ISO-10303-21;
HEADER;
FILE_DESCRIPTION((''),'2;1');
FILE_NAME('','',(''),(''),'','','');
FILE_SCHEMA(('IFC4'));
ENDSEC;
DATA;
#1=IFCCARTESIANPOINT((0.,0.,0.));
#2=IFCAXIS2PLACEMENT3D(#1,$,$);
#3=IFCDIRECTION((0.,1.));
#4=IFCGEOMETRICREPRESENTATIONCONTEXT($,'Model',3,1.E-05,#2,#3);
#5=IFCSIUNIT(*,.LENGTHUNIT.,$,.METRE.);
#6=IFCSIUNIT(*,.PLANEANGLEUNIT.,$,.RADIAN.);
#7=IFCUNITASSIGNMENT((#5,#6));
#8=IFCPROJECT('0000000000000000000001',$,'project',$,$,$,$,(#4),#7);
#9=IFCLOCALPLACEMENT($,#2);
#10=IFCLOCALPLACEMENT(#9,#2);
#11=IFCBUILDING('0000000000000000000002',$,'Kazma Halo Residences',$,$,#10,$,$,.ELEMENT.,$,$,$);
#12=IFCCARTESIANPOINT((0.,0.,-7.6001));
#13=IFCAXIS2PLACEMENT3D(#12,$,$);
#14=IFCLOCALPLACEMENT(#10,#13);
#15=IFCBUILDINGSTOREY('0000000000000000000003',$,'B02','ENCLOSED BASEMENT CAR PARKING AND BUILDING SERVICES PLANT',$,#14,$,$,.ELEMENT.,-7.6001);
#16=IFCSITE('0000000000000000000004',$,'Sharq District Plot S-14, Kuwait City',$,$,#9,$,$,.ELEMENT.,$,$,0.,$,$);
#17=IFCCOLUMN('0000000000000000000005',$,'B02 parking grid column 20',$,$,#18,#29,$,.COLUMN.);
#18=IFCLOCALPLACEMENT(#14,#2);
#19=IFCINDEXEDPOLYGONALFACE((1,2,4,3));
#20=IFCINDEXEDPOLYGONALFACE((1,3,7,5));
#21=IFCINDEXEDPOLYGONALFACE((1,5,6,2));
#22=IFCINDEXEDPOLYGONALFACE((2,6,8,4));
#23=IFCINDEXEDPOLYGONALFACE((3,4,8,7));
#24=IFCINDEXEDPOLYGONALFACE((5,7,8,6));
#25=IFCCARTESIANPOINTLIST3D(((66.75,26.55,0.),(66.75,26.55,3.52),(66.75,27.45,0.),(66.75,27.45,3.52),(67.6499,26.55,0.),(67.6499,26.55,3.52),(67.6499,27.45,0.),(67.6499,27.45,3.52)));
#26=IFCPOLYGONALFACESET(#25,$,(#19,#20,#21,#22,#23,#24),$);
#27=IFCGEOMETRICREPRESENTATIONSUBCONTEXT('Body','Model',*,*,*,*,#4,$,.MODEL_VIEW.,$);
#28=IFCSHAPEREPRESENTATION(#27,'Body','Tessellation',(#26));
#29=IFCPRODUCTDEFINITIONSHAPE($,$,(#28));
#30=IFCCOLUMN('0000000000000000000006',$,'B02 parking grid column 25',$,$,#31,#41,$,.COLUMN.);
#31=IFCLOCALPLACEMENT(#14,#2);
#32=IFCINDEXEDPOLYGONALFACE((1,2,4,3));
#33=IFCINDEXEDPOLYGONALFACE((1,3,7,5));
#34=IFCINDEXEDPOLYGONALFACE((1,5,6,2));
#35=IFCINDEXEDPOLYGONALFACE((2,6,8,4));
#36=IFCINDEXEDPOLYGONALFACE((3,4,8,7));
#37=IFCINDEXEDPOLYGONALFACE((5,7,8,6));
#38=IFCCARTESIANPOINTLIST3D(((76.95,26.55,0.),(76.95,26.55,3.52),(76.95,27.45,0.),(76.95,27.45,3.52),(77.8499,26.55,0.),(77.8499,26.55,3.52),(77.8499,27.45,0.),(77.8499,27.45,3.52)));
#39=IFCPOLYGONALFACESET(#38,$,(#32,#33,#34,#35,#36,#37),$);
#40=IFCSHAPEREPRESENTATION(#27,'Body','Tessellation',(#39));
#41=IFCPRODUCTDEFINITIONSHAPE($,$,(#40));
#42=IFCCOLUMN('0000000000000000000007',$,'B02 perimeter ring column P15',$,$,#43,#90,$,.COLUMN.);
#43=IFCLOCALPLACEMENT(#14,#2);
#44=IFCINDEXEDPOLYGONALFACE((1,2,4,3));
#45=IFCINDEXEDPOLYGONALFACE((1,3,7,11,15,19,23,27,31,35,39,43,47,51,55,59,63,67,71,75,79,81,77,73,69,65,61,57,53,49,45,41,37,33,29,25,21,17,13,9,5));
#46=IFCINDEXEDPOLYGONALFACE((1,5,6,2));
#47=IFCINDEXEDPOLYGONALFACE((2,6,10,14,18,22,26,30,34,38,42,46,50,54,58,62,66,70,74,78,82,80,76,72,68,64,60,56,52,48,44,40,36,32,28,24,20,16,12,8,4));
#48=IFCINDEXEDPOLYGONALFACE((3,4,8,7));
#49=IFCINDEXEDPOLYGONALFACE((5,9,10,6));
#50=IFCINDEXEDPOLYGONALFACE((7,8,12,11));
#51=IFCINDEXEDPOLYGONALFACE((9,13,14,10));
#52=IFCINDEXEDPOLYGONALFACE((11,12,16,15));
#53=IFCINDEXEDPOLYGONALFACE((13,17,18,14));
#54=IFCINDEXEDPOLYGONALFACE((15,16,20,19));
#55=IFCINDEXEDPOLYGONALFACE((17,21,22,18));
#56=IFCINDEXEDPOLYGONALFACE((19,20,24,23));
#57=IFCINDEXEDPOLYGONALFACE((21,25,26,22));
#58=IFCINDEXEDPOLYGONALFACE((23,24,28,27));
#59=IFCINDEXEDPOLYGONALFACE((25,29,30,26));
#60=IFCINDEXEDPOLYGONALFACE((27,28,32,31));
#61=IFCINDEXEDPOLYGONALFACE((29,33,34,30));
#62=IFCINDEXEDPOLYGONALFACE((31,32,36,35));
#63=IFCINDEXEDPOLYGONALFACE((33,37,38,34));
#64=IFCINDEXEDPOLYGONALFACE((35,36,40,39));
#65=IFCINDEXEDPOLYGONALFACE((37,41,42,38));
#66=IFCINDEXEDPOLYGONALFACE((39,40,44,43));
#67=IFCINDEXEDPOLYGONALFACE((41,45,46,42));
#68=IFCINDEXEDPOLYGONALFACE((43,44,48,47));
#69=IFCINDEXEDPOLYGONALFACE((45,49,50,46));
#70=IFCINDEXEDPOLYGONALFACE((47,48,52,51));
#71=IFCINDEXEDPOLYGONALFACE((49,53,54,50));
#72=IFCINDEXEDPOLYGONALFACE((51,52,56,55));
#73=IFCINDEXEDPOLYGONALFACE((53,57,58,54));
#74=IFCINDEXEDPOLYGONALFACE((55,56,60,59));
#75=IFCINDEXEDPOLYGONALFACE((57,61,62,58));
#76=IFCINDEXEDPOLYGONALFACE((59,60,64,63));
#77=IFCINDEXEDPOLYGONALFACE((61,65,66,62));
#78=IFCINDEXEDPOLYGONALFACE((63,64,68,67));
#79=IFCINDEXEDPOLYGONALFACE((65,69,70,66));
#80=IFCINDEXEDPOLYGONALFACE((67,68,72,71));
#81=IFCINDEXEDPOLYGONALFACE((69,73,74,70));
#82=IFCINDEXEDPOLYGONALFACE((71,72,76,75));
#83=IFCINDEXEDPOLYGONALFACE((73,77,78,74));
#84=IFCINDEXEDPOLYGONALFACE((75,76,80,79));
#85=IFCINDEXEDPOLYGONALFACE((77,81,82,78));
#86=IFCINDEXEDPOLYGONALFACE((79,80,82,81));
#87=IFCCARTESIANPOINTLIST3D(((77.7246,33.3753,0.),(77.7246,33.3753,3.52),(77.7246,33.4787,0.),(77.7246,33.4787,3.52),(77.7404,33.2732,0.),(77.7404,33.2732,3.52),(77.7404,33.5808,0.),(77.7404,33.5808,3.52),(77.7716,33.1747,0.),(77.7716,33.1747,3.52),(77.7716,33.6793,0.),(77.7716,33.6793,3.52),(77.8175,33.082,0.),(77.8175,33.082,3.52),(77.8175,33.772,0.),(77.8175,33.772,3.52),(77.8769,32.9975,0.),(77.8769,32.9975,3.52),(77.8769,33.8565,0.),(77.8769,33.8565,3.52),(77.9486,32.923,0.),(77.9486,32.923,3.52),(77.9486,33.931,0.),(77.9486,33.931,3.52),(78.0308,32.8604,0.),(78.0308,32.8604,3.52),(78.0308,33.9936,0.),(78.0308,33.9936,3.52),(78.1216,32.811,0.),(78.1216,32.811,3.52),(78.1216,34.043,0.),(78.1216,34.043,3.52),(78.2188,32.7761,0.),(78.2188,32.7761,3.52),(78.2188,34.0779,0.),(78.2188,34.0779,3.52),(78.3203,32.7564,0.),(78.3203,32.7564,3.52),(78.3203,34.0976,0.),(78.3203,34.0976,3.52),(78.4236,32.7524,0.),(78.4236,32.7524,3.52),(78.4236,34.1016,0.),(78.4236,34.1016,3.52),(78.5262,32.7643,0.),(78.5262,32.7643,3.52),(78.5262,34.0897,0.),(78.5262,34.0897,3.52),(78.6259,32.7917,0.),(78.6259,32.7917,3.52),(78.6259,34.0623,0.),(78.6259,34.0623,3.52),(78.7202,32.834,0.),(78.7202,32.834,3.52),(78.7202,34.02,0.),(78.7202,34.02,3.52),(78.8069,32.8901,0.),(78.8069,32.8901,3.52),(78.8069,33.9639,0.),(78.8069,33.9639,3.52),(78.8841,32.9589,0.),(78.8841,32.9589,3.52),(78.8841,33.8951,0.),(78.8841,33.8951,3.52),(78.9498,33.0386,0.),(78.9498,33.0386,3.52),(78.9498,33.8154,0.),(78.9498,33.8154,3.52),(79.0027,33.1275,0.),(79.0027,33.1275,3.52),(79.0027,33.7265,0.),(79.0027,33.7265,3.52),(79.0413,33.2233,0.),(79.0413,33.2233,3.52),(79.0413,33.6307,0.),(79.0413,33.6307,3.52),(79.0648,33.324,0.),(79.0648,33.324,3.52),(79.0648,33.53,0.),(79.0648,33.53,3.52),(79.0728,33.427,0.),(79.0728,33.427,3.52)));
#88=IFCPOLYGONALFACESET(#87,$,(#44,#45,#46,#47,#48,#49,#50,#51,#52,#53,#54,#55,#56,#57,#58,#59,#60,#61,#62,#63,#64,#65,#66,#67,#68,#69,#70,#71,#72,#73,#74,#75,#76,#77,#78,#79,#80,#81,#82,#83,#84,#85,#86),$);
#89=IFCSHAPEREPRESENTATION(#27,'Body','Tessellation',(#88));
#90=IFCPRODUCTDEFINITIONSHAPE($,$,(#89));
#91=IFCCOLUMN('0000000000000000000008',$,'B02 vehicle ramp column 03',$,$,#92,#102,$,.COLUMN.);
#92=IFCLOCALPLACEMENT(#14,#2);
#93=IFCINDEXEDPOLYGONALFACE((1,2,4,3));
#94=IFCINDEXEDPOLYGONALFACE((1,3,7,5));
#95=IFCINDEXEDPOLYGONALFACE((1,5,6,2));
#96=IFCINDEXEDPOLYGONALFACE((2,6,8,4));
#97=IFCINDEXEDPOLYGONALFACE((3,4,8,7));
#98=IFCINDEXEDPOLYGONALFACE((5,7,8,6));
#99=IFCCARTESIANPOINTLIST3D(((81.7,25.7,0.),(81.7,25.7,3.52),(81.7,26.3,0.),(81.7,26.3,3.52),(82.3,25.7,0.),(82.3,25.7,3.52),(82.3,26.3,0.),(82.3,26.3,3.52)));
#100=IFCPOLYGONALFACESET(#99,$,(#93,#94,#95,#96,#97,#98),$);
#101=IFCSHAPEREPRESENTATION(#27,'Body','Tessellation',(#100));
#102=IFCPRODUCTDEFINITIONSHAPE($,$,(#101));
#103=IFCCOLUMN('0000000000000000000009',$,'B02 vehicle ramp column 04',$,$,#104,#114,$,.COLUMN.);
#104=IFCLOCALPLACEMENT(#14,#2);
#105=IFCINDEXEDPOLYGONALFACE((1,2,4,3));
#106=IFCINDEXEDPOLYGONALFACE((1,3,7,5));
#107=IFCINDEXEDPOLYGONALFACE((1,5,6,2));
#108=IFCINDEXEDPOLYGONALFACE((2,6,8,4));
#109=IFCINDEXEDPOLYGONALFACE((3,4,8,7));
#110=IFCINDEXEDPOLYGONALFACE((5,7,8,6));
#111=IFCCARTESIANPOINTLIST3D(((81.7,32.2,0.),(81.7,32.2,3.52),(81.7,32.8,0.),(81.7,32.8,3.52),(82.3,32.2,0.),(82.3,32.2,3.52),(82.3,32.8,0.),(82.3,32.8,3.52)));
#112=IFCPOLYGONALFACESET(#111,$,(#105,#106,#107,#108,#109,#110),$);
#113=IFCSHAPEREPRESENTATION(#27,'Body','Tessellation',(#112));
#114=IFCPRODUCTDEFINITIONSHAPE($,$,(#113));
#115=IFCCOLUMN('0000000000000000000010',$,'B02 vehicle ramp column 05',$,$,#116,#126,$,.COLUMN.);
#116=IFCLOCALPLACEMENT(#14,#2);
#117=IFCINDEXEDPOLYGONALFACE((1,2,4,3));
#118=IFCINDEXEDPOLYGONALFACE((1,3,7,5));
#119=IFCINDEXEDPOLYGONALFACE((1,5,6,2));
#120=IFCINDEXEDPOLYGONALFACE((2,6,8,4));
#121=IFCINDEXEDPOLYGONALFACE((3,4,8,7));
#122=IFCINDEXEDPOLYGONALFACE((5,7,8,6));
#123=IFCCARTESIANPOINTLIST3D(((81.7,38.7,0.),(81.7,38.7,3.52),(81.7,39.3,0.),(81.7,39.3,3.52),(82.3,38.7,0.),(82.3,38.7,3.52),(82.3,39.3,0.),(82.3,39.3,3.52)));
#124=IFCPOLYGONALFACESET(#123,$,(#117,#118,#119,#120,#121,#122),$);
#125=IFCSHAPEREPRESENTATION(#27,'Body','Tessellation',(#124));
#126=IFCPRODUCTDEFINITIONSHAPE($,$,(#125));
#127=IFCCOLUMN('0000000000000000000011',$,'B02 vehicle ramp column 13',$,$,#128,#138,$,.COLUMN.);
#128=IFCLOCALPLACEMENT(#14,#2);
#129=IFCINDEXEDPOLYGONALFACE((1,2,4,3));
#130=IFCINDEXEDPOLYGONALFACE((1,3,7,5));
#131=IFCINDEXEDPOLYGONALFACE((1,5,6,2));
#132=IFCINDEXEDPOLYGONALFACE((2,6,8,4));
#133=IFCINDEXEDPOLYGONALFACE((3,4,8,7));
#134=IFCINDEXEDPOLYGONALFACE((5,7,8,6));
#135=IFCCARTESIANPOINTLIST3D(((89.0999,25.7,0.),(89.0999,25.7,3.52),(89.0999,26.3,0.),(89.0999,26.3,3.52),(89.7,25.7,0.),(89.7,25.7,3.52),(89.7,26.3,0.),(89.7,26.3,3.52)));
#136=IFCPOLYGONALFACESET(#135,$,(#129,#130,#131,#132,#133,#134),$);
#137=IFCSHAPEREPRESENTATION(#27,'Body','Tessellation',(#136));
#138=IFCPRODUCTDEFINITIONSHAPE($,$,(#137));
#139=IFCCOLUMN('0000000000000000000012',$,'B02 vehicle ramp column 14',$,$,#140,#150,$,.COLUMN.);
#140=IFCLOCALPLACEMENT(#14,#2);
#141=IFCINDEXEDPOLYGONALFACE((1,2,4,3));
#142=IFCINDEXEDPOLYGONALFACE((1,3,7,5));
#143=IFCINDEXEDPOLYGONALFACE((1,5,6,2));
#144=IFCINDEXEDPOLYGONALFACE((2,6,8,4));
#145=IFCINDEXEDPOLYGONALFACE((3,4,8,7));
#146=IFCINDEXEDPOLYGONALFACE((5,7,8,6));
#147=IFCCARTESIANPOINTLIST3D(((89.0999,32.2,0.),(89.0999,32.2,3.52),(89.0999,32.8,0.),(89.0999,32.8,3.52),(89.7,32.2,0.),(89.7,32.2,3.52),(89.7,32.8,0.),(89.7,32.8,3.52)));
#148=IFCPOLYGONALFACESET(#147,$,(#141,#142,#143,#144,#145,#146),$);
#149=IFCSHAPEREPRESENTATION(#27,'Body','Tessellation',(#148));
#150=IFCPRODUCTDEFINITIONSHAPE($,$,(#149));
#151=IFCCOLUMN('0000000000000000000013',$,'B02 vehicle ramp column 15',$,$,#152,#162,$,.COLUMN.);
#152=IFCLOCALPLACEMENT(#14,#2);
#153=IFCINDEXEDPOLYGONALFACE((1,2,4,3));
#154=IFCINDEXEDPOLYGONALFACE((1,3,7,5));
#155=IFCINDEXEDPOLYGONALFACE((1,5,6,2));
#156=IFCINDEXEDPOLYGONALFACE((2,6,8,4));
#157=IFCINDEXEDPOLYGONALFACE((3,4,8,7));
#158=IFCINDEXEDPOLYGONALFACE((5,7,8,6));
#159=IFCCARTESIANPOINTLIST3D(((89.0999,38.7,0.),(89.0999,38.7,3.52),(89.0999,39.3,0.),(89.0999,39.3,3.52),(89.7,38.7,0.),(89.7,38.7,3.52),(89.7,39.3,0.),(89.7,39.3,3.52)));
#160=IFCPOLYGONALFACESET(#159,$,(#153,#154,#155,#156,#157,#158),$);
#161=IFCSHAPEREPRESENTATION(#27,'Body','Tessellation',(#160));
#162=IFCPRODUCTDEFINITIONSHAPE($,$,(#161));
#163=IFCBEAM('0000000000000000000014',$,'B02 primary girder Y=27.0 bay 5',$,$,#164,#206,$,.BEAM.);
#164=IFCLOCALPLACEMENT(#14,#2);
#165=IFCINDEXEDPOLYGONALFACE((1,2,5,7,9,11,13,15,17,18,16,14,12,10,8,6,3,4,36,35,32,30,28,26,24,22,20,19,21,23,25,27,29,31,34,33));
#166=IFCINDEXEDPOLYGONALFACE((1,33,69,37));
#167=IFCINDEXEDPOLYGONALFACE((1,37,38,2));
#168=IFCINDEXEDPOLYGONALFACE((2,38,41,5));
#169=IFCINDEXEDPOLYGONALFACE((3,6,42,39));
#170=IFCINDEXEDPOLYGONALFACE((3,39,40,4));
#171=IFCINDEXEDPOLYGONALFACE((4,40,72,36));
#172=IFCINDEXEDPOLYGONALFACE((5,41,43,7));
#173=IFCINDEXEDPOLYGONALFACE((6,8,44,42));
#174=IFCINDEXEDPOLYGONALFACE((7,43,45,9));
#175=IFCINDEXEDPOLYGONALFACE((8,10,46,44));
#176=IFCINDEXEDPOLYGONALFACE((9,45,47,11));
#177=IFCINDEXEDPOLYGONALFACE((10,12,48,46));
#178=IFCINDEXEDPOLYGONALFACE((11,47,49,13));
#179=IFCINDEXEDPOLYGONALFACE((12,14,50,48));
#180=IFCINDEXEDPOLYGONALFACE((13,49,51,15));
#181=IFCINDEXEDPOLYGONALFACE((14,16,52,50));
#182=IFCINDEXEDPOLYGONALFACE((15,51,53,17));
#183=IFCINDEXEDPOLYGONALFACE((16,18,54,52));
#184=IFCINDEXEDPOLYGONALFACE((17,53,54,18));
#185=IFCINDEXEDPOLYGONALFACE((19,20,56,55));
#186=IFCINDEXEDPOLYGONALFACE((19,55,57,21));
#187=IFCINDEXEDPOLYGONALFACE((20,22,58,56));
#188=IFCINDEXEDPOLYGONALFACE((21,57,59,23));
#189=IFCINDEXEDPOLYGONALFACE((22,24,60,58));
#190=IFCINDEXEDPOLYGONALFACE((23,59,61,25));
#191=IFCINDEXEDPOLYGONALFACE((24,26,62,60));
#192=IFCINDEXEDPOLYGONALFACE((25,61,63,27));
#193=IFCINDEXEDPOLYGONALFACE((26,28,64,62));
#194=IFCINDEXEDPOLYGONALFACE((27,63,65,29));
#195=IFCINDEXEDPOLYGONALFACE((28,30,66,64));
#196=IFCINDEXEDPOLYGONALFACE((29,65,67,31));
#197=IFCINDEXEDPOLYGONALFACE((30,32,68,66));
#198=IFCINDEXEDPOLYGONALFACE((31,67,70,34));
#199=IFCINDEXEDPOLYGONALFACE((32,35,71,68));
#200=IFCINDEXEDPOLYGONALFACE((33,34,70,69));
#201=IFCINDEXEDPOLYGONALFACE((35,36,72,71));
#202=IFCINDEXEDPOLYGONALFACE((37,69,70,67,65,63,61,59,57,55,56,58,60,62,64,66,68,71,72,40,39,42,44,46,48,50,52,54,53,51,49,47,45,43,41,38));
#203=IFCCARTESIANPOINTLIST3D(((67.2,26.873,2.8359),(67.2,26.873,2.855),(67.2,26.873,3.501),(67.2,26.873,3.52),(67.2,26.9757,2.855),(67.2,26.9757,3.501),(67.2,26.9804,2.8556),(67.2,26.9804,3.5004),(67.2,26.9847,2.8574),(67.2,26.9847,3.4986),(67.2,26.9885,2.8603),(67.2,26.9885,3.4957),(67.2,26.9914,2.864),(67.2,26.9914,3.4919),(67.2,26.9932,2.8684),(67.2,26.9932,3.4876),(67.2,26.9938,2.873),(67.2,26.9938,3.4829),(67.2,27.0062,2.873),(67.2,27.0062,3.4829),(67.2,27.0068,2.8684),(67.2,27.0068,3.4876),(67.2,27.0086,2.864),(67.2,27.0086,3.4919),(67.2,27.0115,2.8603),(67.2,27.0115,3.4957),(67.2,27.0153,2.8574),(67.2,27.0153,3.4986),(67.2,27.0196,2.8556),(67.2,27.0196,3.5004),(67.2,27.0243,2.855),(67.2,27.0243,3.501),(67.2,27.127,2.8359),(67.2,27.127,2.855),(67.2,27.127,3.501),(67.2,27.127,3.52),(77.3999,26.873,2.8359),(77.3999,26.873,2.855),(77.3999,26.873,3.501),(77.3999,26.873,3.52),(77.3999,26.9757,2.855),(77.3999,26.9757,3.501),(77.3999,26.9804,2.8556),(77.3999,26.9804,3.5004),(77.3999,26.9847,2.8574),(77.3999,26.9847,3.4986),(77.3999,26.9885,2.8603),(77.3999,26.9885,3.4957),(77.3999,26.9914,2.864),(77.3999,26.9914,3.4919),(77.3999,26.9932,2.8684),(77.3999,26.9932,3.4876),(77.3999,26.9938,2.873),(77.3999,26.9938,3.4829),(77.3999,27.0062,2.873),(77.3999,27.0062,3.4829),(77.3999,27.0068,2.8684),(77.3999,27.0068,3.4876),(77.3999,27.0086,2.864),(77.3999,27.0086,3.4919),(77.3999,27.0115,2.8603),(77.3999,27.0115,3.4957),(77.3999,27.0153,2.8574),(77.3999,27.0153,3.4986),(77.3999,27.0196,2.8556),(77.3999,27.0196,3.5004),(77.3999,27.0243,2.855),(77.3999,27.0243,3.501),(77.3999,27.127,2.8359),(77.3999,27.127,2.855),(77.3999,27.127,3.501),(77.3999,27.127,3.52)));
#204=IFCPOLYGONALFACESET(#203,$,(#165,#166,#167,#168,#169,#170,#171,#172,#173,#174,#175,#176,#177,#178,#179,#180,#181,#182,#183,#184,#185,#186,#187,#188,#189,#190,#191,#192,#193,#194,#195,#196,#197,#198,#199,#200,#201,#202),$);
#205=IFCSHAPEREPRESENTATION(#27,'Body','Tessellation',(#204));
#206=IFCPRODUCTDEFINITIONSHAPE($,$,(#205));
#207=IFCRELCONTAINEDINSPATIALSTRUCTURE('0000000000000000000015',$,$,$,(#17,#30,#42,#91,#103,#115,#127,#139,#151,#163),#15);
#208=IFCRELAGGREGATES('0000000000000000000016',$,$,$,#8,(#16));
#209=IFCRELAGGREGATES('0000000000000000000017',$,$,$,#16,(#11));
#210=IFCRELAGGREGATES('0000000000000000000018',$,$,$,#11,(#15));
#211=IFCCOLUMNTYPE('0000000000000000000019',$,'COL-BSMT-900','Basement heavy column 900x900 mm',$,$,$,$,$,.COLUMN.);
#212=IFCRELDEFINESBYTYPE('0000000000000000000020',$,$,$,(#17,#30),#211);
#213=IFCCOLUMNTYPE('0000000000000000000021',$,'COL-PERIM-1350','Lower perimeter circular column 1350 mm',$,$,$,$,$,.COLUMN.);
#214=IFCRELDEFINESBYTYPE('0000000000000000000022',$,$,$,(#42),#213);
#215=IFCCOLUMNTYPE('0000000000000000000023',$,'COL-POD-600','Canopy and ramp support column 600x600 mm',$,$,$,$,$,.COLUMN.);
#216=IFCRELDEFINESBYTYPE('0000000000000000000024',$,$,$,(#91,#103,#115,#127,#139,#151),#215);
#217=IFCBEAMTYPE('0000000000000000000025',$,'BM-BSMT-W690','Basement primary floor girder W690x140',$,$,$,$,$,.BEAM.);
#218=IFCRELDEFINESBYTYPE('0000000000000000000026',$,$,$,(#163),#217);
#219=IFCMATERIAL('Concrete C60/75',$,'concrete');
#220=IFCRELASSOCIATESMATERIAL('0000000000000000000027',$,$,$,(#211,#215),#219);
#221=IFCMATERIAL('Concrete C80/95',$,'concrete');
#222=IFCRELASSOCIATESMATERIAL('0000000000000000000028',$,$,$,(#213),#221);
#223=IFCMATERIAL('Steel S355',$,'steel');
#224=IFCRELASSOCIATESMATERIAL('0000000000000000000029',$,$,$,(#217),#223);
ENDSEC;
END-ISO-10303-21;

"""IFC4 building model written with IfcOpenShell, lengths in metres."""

from ifc_helpers import new_model, si_unit, direction, frame, origin, origin_2d, place, context, subcontext, project, spatial, rectangle, circle, i_section, extrude, material, material_profile, profile_set, type_object, element, save


model = new_model("IFC4")

# Units and contexts
model_context = context("Model", 3, precision=1e-05, world=origin(), true_north=direction((0.0, 1.0)))
body_context = subcontext(model_context, "Body", "Model", "MODEL_VIEW")
ifc_project = project(units=[si_unit("LENGTHUNIT", "METRE"), si_unit("PLANEANGLEUNIT", "RADIAN")], contexts=[model_context])

# Site, building, storey
site_placement = place(None, origin())
site = spatial("IfcSite", under=ifc_project, at=site_placement, Name="Sharq District Plot S-14, Kuwait City", CompositionType="ELEMENT", RefElevation=0.0)
building_placement = place(site_placement, origin())
building = spatial("IfcBuilding", under=site, at=building_placement, Name="Kazma Halo Residences", CompositionType="ELEMENT")
storey_placement = place(building_placement, frame((0.0, 0.0, -7.6001)))
storey = spatial("IfcBuildingStorey", under=building, at=storey_placement, Name="B02", Description="ENCLOSED BASEMENT CAR PARKING AND BUILDING SERVICES PLANT", CompositionType="ELEMENT", Elevation=-7.6001)

# Shared definitions
ifc_material_1 = material(Name="Concrete C60/75", Category="concrete")

# Columns
ifc_material_profile_1 = material_profile(ifc_material_1, rectangle(XDim=0.8999, YDim=0.8999, at=origin_2d()), Name="RECT900x900")
ifc_profile_set_1 = profile_set([ifc_material_profile_1], Name="Concrete C60/75")
column_type_1 = type_object("IfcColumnType", Name="COL-BSMT-900", Description="Basement heavy column 900x900 mm", PredefinedType="COLUMN", material=ifc_profile_set_1)
for number, where, z_axis, x_axis, name in (
    (1, (67.2, 27.0, 0.0), (0.0, 0.0, 1.0), (1.0, 0.0, 0.0), "B02 parking grid column 20"),
    (2, (77.3999, 27.0, 0.0), (0.0, 0.0, 1.0), (1.0, 0.0, 0.0), "B02 parking grid column 25"),
):
    element("IfcColumn", number, at=place(storey_placement, frame(where, z_axis=z_axis, x_axis=x_axis)), inside=storey, type_object=column_type_1, Name=name, PredefinedType="COLUMN", context=body_context, shape_type="SweptSolid", body=[
        extrude(rectangle(XDim=0.8999, YDim=0.8999, at=origin_2d()), origin(), (0.0, 0.0, 1.0), 3.52),
    ])
ifc_material_2 = material(Name="Concrete C80/95", Category="concrete")
ifc_material_profile_2 = material_profile(ifc_material_2, circle(Radius=0.675, at=origin_2d()), Name="CIRC1350")
ifc_profile_set_2 = profile_set([ifc_material_profile_2], Name="Concrete C80/95")
column_type_2 = type_object("IfcColumnType", Name="COL-PERIM-1350", Description="Lower perimeter circular column 1350 mm", PredefinedType="COLUMN", material=ifc_profile_set_2)
column_placement = place(storey_placement, frame((78.3977, 33.427, 0.0), z_axis=(0.0, 0.0, 1.0), x_axis=(1.0, 0.0, 0.0)))
element("IfcColumn", 3, at=column_placement, inside=storey, type_object=column_type_2, Name="B02 perimeter ring column P15", PredefinedType="COLUMN", context=body_context, shape_type="SweptSolid", body=[
    extrude(circle(Radius=0.675, at=origin_2d()), origin(), (0.0, 0.0, 1.0), 3.52),
])
ifc_material_profile_3 = material_profile(ifc_material_1, rectangle(XDim=0.6001, YDim=0.6001, at=origin_2d()), Name="RECT600x600")
ifc_profile_set_3 = profile_set([ifc_material_profile_3], Name="Concrete C60/75")
column_type_3 = type_object("IfcColumnType", Name="COL-POD-600", Description="Canopy and ramp support column 600x600 mm", PredefinedType="COLUMN", material=ifc_profile_set_3)
for number, where, z_axis, x_axis, name in (
    (4, (82.0, 26.0, 0.0), (0.0, 0.0, 1.0), (1.0, 0.0, 0.0), "B02 vehicle ramp column 03"),
    (5, (82.0, 32.5, 0.0), (0.0, 0.0, 1.0), (1.0, 0.0, 0.0), "B02 vehicle ramp column 04"),
    (6, (82.0, 39.0, 0.0), (0.0, 0.0, 1.0), (1.0, 0.0, 0.0), "B02 vehicle ramp column 05"),
    (7, (89.3999, 26.0, 0.0), (0.0, 0.0, 1.0), (1.0, 0.0, 0.0), "B02 vehicle ramp column 13"),
    (8, (89.3999, 32.5, 0.0), (0.0, 0.0, 1.0), (1.0, 0.0, 0.0), "B02 vehicle ramp column 14"),
    (9, (89.3999, 39.0, 0.0), (0.0, 0.0, 1.0), (1.0, 0.0, 0.0), "B02 vehicle ramp column 15"),
):
    element("IfcColumn", number, at=place(storey_placement, frame(where, z_axis=z_axis, x_axis=x_axis)), inside=storey, type_object=column_type_3, Name=name, PredefinedType="COLUMN", context=body_context, shape_type="SweptSolid", body=[
        extrude(rectangle(XDim=0.6001, YDim=0.6001, at=origin_2d()), origin(), (0.0, 0.0, 1.0), 3.52),
    ])

# Beam
ifc_material_3 = material(Name="Steel S355", Category="steel")
ifc_material_profile_4 = material_profile(ifc_material_3, i_section(OverallWidth=0.2539, OverallDepth=0.6841, WebThickness=0.0125, FlangeThickness=0.019, FilletRadius=0.0181, at=origin_2d()), Name="W690x140")
ifc_profile_set_4 = profile_set([ifc_material_profile_4], Name="Steel S355")
beam_type_1 = type_object("IfcBeamType", Name="BM-BSMT-W690", Description="Basement primary floor girder W690x140", PredefinedType="BEAM", material=ifc_profile_set_4)
beam_1_placement = place(storey_placement, frame((67.2, 27.0, 3.178), z_axis=(1.0, 0.0, 0.0), x_axis=(0.0, 1.0, 0.0)))
element("IfcBeam", 10, at=beam_1_placement, inside=storey, type_object=beam_type_1, Name="B02 primary girder Y=27.0 bay 5", PredefinedType="BEAM", context=body_context, shape_type="SweptSolid", body=[
    extrude(i_section(OverallWidth=0.2539, OverallDepth=0.6841, WebThickness=0.0125, FlangeThickness=0.019, FilletRadius=0.0181, at=origin_2d()), origin(), (0.0, 0.0, 1.0), 10.2),
])

save(model, "model.ifc")
